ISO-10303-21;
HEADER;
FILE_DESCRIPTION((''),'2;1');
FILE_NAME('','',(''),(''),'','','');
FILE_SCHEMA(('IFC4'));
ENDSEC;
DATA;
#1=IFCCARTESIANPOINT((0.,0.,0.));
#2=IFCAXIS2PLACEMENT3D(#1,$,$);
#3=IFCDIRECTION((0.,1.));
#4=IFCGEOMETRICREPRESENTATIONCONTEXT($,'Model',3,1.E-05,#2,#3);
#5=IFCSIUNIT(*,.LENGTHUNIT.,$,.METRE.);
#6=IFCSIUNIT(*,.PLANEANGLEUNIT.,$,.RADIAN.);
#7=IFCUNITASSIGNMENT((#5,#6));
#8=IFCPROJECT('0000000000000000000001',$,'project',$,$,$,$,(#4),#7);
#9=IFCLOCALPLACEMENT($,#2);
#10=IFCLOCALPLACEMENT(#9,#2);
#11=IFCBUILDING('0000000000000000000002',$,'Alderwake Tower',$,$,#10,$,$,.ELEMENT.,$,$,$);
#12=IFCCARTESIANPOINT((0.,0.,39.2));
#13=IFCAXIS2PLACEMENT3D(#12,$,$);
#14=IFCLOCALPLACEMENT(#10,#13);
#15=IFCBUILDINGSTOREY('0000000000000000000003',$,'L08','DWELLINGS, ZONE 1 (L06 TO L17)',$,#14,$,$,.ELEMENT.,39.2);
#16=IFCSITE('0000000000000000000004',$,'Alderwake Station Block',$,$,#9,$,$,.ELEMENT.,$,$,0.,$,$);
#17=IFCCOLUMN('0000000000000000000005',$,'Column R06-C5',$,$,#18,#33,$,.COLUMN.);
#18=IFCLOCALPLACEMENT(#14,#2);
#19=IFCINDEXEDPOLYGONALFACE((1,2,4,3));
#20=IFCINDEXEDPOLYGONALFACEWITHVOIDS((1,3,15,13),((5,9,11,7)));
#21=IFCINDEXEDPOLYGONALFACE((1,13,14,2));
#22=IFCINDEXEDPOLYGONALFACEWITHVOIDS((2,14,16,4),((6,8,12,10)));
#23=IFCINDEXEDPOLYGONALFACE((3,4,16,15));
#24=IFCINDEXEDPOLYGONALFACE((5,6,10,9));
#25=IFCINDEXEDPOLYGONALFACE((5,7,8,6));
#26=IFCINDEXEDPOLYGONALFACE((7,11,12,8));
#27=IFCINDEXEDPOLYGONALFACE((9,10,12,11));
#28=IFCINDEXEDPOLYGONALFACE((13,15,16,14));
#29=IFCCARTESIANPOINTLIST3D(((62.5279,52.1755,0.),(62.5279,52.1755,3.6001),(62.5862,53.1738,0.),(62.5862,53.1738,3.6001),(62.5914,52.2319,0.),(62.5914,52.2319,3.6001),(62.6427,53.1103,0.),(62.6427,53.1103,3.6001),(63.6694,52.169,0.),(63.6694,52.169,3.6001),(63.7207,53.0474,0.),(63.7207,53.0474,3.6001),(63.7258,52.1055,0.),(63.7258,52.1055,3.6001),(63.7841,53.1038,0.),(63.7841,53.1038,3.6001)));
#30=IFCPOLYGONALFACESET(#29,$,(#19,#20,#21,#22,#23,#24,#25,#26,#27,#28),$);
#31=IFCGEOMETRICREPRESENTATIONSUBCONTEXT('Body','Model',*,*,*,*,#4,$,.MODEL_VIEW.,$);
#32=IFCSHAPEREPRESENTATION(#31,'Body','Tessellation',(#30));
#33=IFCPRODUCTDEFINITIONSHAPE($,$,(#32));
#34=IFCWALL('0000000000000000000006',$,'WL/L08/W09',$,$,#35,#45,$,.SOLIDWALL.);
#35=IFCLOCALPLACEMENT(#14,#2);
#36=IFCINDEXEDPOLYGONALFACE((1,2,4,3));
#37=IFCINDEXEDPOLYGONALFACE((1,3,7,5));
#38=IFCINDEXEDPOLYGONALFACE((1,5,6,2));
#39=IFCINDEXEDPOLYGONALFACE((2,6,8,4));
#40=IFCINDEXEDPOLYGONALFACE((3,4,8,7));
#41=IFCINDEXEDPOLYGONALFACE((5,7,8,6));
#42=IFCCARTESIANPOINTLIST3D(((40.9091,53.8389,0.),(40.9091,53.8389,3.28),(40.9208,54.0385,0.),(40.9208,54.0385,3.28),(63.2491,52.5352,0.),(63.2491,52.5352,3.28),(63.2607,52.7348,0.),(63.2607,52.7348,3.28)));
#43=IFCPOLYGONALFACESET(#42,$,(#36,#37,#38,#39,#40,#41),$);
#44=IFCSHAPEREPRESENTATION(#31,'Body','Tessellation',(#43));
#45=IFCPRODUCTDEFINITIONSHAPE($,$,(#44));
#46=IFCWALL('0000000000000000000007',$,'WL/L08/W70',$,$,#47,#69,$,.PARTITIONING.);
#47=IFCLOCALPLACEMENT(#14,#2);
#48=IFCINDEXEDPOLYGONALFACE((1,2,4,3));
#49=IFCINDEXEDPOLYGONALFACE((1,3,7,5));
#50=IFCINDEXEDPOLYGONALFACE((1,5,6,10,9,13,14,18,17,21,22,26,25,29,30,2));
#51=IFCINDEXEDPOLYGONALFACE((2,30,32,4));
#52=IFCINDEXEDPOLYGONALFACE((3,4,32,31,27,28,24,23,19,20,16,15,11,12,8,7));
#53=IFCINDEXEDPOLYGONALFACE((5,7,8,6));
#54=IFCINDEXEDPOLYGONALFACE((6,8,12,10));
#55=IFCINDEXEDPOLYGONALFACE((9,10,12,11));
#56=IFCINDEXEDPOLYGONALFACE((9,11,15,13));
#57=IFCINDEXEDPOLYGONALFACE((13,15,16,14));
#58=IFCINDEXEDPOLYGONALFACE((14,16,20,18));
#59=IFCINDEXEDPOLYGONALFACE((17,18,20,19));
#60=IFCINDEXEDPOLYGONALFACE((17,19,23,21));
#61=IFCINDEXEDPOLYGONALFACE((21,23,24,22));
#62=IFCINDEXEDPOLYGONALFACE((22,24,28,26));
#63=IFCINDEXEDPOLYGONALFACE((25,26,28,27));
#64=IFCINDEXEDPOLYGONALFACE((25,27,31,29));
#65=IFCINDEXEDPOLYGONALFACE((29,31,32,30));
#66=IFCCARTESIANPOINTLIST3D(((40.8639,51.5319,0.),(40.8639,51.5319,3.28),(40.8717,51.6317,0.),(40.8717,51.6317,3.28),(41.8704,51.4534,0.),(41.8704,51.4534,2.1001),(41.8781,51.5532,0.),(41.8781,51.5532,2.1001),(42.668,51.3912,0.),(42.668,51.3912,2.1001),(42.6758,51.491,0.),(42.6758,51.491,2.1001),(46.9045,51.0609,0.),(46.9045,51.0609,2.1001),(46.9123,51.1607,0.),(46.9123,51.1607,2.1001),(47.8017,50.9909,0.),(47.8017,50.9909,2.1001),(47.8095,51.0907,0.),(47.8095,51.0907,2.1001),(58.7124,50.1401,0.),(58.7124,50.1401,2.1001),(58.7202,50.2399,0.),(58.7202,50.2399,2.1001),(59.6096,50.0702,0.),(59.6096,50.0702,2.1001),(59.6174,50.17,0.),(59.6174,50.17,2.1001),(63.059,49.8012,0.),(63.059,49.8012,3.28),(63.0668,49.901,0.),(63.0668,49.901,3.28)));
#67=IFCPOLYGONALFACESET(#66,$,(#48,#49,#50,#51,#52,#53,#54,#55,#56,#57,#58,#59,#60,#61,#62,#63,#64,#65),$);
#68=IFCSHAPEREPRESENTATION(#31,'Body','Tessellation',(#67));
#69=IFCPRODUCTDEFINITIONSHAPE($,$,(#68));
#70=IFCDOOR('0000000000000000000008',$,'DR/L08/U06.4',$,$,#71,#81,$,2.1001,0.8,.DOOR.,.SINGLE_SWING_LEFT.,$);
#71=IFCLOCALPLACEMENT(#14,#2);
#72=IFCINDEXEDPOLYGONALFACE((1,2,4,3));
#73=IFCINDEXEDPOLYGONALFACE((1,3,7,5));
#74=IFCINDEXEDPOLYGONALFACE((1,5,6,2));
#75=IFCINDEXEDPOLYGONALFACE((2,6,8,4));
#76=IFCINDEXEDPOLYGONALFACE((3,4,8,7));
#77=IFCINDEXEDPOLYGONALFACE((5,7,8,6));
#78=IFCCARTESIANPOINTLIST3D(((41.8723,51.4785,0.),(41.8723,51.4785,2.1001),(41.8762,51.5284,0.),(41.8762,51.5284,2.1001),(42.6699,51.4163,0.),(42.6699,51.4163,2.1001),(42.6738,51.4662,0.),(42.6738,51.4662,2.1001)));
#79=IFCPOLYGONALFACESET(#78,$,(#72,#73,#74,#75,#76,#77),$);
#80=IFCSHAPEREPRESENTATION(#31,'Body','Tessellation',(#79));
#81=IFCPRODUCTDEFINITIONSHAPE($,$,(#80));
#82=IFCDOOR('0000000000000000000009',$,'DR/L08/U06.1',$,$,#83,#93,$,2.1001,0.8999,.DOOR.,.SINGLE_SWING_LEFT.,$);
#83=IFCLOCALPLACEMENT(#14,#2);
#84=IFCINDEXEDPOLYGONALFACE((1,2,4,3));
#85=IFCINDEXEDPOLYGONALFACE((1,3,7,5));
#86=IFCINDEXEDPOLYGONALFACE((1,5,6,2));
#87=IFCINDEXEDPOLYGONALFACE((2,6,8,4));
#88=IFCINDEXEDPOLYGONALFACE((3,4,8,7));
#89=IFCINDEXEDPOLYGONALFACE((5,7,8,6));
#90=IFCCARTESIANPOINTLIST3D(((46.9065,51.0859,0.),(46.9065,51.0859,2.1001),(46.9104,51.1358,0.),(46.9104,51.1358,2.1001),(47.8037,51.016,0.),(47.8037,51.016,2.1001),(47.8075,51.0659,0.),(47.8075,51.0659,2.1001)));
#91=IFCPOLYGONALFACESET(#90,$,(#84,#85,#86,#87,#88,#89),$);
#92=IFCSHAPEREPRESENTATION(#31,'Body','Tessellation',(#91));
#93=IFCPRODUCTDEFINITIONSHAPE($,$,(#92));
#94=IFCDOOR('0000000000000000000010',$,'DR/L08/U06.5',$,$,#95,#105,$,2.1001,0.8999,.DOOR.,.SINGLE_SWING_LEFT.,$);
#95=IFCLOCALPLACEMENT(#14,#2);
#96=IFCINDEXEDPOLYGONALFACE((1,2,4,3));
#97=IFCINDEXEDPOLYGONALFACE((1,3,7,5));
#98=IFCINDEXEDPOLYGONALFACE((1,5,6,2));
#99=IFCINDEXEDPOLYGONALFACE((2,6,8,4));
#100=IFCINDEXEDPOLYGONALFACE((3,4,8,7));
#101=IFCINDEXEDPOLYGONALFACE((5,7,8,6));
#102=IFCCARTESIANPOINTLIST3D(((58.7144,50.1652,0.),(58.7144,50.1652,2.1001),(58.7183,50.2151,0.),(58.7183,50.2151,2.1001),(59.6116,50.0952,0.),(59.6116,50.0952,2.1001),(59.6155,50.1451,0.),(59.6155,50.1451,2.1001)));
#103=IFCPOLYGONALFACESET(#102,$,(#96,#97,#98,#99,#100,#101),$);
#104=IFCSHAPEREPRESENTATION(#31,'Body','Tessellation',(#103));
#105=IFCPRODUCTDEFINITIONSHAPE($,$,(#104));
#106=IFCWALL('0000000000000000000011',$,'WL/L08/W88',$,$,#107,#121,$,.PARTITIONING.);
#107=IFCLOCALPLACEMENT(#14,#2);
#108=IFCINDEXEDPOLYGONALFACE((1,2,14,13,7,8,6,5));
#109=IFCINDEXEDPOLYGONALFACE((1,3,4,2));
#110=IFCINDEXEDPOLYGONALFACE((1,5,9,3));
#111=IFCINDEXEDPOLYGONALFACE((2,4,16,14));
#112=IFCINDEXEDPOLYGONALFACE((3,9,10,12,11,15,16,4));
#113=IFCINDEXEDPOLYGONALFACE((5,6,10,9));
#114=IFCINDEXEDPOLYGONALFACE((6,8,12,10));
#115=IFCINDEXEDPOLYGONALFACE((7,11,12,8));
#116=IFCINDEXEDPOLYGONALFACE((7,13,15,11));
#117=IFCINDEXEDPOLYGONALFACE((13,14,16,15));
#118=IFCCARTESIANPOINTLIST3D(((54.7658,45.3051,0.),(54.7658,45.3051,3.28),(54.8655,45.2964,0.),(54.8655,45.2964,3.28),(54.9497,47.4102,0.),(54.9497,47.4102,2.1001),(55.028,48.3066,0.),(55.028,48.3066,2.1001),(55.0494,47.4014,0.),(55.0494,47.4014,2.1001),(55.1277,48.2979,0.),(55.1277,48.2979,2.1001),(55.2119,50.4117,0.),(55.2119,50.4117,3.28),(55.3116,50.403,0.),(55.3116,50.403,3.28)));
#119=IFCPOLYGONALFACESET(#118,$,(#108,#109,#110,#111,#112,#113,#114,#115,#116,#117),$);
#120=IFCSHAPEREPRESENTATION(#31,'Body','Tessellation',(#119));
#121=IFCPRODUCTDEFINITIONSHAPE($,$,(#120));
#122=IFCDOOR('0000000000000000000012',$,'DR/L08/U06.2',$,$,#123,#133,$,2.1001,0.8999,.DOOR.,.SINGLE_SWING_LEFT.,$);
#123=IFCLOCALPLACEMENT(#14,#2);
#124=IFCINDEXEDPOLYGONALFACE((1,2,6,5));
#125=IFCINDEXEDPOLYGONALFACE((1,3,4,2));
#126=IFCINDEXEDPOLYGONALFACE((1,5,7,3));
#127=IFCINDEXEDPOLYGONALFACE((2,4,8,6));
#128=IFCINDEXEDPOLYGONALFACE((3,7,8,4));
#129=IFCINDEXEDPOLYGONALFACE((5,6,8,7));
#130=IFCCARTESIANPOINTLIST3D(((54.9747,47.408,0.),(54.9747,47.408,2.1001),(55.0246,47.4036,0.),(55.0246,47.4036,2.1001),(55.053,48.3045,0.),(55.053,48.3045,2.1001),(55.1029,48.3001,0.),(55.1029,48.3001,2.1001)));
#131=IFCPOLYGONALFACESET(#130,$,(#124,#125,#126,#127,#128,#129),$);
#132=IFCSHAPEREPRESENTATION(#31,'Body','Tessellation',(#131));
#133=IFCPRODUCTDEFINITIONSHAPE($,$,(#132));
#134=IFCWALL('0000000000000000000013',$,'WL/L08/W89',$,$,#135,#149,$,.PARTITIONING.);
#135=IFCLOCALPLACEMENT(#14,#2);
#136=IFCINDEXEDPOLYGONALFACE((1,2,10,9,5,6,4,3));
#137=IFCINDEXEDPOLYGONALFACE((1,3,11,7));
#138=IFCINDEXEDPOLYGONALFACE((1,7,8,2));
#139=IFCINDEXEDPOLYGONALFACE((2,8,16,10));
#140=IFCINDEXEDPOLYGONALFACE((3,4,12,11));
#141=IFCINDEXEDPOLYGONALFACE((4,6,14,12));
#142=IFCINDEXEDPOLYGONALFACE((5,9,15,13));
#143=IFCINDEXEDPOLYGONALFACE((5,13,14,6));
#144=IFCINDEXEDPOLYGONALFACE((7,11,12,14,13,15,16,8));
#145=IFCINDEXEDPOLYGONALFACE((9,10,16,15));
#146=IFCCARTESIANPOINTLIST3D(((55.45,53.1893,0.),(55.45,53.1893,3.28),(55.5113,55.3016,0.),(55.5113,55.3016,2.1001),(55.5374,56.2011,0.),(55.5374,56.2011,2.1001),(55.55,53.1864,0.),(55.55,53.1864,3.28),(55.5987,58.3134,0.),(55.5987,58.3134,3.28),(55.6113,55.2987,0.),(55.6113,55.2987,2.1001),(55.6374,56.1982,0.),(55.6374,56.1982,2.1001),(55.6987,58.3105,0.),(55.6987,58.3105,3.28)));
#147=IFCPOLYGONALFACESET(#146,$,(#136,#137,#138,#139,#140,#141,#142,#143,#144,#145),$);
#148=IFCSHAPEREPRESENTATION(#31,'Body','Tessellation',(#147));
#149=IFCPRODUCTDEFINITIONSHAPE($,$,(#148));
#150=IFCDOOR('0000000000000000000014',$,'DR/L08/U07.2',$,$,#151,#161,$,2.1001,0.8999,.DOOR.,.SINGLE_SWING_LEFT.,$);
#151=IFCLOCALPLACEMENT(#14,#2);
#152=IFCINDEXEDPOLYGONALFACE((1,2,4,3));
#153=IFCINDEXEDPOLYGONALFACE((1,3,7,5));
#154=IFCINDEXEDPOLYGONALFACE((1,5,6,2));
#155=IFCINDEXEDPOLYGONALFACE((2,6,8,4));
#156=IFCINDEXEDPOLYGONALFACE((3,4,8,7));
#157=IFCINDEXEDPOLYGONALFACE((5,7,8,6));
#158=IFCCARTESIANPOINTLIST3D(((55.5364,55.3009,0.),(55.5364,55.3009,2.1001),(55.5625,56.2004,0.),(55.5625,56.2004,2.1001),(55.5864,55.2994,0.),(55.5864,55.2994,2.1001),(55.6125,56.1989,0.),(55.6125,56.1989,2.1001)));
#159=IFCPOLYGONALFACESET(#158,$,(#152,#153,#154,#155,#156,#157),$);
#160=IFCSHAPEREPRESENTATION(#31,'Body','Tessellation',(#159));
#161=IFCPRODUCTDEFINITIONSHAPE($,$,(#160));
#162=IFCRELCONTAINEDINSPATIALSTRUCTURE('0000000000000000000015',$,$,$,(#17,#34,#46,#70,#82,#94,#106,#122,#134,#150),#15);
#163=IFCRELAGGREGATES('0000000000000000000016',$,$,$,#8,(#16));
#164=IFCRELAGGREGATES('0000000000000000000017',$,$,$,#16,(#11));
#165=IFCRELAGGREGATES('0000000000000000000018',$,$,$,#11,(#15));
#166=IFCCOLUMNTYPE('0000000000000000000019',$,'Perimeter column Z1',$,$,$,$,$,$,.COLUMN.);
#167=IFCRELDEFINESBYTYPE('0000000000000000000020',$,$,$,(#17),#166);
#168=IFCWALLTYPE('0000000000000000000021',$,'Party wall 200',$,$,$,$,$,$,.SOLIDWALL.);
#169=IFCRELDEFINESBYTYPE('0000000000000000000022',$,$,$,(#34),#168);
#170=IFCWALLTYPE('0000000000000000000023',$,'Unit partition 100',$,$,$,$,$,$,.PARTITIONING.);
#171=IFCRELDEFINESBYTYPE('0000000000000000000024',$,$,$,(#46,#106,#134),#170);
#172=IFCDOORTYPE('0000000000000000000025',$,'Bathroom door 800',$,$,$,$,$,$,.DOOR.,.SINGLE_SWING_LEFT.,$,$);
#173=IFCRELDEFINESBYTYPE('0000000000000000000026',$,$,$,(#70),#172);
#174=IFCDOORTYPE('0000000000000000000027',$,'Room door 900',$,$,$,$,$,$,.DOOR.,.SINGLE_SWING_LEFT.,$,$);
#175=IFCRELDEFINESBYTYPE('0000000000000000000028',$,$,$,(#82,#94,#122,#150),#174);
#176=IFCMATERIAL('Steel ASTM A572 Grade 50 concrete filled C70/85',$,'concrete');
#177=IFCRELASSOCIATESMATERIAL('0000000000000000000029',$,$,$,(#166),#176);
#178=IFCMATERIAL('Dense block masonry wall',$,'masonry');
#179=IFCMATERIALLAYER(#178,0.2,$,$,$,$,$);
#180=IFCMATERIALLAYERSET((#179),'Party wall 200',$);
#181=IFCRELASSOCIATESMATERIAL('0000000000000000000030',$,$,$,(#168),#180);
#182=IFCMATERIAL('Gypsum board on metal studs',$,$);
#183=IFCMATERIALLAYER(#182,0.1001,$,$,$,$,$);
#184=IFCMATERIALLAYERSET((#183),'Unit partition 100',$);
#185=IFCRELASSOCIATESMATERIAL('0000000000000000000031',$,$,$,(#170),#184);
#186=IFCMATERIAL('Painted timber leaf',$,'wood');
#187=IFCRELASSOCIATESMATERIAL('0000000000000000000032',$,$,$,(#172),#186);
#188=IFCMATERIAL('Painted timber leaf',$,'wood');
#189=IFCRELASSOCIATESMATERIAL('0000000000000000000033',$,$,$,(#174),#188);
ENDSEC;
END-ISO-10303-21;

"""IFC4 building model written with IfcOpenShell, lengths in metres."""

from ifc_helpers import new_model, si_unit, direction, frame, frame_2d, origin, origin_2d, place, context, subcontext, project, spatial, rectangle, hollow_rectangle, extrude, material, layer, layer_set, material_profile, profile_set, type_object, element, fill, save


model = new_model("IFC4")

# Units and contexts
model_context = context("Model", 3, precision=1e-05, world=origin(), true_north=direction((0.0, 1.0)))
body_context = subcontext(model_context, "Body", "Model", "MODEL_VIEW")
ifc_project = project(units=[si_unit("LENGTHUNIT", "METRE"), si_unit("PLANEANGLEUNIT", "RADIAN")], contexts=[model_context])

# Site, building, storey
site_placement = place(None, origin())
site = spatial("IfcSite", under=ifc_project, at=site_placement, Name="Alderwake Station Block", CompositionType="ELEMENT", RefElevation=0.0)
building_placement = place(site_placement, origin())
building = spatial("IfcBuilding", under=site, at=building_placement, Name="Alderwake Tower", CompositionType="ELEMENT")
storey_placement = place(building_placement, frame((0.0, 0.0, 39.2)))
storey = spatial("IfcBuildingStorey", under=building, at=storey_placement, Name="L08", Description="DWELLINGS, ZONE 1 (L06 TO L17)", CompositionType="ELEMENT", Elevation=39.2)

# Column
ifc_material_1 = material(Name="Steel ASTM A572 Grade 50 concrete filled C70/85", Category="concrete")
ifc_material_profile_1 = material_profile(ifc_material_1, hollow_rectangle(XDim=1.0, YDim=1.2, WallThickness=0.0601, at=origin_2d()), Name="BOX 1200X1000X60")
ifc_profile_set_1 = profile_set([ifc_material_profile_1], Name="Steel ASTM A572 Grade 50 concrete filled C70/85")
column_type = type_object("IfcColumnType", Name="Perimeter column Z1", PredefinedType="COLUMN", material=ifc_profile_set_1)
column_placement = place(storey_placement, frame((63.156, 52.6396, 0.0), z_axis=(0.0, 0.0, 1.0), x_axis=(0.058301, 0.998299, 0.0)))
element("IfcColumn", 1, at=column_placement, inside=storey, type_object=column_type, Name="Column R06-C5", PredefinedType="COLUMN", context=body_context, shape_type="SweptSolid", body=[
    extrude(hollow_rectangle(XDim=1.0, YDim=1.2, WallThickness=0.0601, at=origin_2d()), origin(), (0.0, 0.0, 1.0), 3.6001),
])

# Wall
ifc_material_2 = material(Name="Dense block masonry wall", Category="masonry")
ifc_layer_1 = layer(ifc_material_2, 0.2)
ifc_layer_set_1 = layer_set([ifc_layer_1], Name="Party wall 200")
wall_type_1 = type_object("IfcWallType", Name="Party wall 200", PredefinedType="SOLIDWALL", material=ifc_layer_set_1)
wall_1_placement = place(storey_placement, frame((63.2549, 52.635, 0.0), z_axis=(0.0, 0.0, 1.0), x_axis=(-0.998302, 0.058259, 0.0)))
element("IfcWall", 2, at=wall_1_placement, inside=storey, type_object=wall_type_1, Name="WL/L08/W09", PredefinedType="SOLIDWALL", context=body_context, shape_type="SweptSolid", body=[
    extrude(rectangle(XDim=22.3779, YDim=0.2, at=frame_2d((11.189, 0.0))), origin(), (0.0, 0.0, 1.0), 3.28),
])

# Wall, openings, doors
ifc_material_3 = material(Name="Gypsum board on metal studs")
ifc_layer_2 = layer(ifc_material_3, 0.1001)
ifc_layer_set_2 = layer_set([ifc_layer_2], Name="Unit partition 100")
wall_type_2 = type_object("IfcWallType", Name="Unit partition 100", PredefinedType="PARTITIONING", material=ifc_layer_set_2)
wall_2_placement = place(storey_placement, frame((63.063, 49.8511, 0.0), z_axis=(0.0, 0.0, 1.0), x_axis=(-0.996974, 0.077741, 0.0)))
wall_2 = element("IfcWall", 3, at=wall_2_placement, inside=storey, type_object=wall_type_2, Name="WL/L08/W70", PredefinedType="PARTITIONING", context=body_context, shape_type="SweptSolid", body=[
    extrude(rectangle(XDim=22.2625, YDim=0.1001, at=frame_2d((11.1313, 0.0))), origin(), (0.0, 0.0, 1.0), 3.28),
])
opening_1_placement = place(wall_2_placement, frame((15.3037, 0.0, 0.0)))
opening_1 = element("IfcOpeningElement", 4, at=opening_1_placement, cuts=wall_2, PredefinedType="OPENING", context=body_context, shape_type="SweptSolid", body=[
    extrude(rectangle(XDim=0.8999, YDim=2.1001, at=frame_2d((0.45, 1.05))), frame((0.0, 0.0601, 0.0), z_axis=(0.0, -1.0, 0.0), x_axis=(1.0, 0.0, 0.0)), (0.0, 0.0, 1.0), 0.1201),
])
opening_2_placement = place(wall_2_placement, frame((20.4531, 0.0, 0.0)))
opening_2 = element("IfcOpeningElement", 5, at=opening_2_placement, cuts=wall_2, PredefinedType="OPENING", context=body_context, shape_type="SweptSolid", body=[
    extrude(rectangle(XDim=0.8, YDim=2.1001, at=frame_2d((0.3999, 1.05))), frame((0.0, 0.0601, 0.0), z_axis=(0.0, -1.0, 0.0), x_axis=(1.0, 0.0, 0.0)), (0.0, 0.0, 1.0), 0.1201),
])
opening_3_placement = place(wall_2_placement, frame((3.46, 0.0, 0.0)))
opening_3 = element("IfcOpeningElement", 6, at=opening_3_placement, cuts=wall_2, PredefinedType="OPENING", context=body_context, shape_type="SweptSolid", body=[
    extrude(rectangle(XDim=0.8999, YDim=2.1001, at=frame_2d((0.45, 1.05))), frame((0.0, 0.0601, 0.0), z_axis=(0.0, -1.0, 0.0), x_axis=(1.0, 0.0, 0.0)), (0.0, 0.0, 1.0), 0.1201),
])
ifc_material_4 = material(Name="Painted timber leaf", Category="wood")
door_type_1 = type_object("IfcDoorType", Name="Bathroom door 800", OperationType="SINGLE_SWING_LEFT", PredefinedType="DOOR", material=ifc_material_4)
door_1_placement = place(opening_2_placement, origin())
door_1 = element("IfcDoor", 7, at=door_1_placement, inside=storey, type_object=door_type_1, Name="DR/L08/U06.4", OperationType="SINGLE_SWING_LEFT", OverallHeight=2.1001, OverallWidth=0.8, PredefinedType="DOOR", context=body_context, shape_type="SweptSolid", body=[
    extrude(rectangle(XDim=0.8, YDim=2.1001, at=frame_2d((0.3999, 1.05))), frame((0.0, 0.0249, 0.0), z_axis=(0.0, -1.0, 0.0), x_axis=(1.0, 0.0, 0.0)), (0.0, 0.0, 1.0), 0.05),
])
fill(opening_2, door_1)
ifc_material_5 = material(Name="Painted timber leaf", Category="wood")
door_type_2 = type_object("IfcDoorType", Name="Room door 900", OperationType="SINGLE_SWING_LEFT", PredefinedType="DOOR", material=ifc_material_5)
door_2_placement = place(opening_1_placement, origin())
door_2 = element("IfcDoor", 8, at=door_2_placement, inside=storey, type_object=door_type_2, Name="DR/L08/U06.1", OperationType="SINGLE_SWING_LEFT", OverallHeight=2.1001, OverallWidth=0.8999, PredefinedType="DOOR", context=body_context, shape_type="SweptSolid", body=[
    extrude(rectangle(XDim=0.8999, YDim=2.1001, at=frame_2d((0.45, 1.05))), frame((0.0, 0.0249, 0.0), z_axis=(0.0, -1.0, 0.0), x_axis=(1.0, 0.0, 0.0)), (0.0, 0.0, 1.0), 0.05),
])
fill(opening_1, door_2)
door_3_placement = place(opening_3_placement, origin())
door_3 = element("IfcDoor", 9, at=door_3_placement, inside=storey, type_object=door_type_2, Name="DR/L08/U06.5", OperationType="SINGLE_SWING_LEFT", OverallHeight=2.1001, OverallWidth=0.8999, PredefinedType="DOOR", context=body_context, shape_type="SweptSolid", body=[
    extrude(rectangle(XDim=0.8999, YDim=2.1001, at=frame_2d((0.45, 1.05))), frame((0.0, 0.0249, 0.0), z_axis=(0.0, -1.0, 0.0), x_axis=(1.0, 0.0, 0.0)), (0.0, 0.0, 1.0), 0.05),
])
fill(opening_3, door_3)

# Walls, openings, doors
wall_3_placement = place(storey_placement, frame((54.8157, 45.3008, 0.0), z_axis=(0.0, 0.0, 1.0), x_axis=(0.087018, 0.996207, 0.0)))
wall_3 = element("IfcWall", 10, at=wall_3_placement, inside=storey, type_object=wall_type_2, Name="WL/L08/W88", PredefinedType="PARTITIONING", context=body_context, shape_type="SweptSolid", body=[
    extrude(rectangle(XDim=5.126, YDim=0.1001, at=frame_2d((2.563, 0.0))), origin(), (0.0, 0.0, 1.0), 3.28),
])
opening_4_placement = place(wall_3_placement, frame((2.113, 0.0, 0.0)))
opening_4 = element("IfcOpeningElement", 11, at=opening_4_placement, cuts=wall_3, PredefinedType="OPENING", context=body_context, shape_type="SweptSolid", body=[
    extrude(rectangle(XDim=0.8999, YDim=2.1001, at=frame_2d((0.45, 1.05))), frame((0.0, 0.0601, 0.0), z_axis=(0.0, -1.0, 0.0), x_axis=(1.0, 0.0, 0.0)), (0.0, 0.0, 1.0), 0.1201),
])
door_4_placement = place(opening_4_placement, origin())
door_4 = element("IfcDoor", 12, at=door_4_placement, inside=storey, type_object=door_type_2, Name="DR/L08/U06.2", OperationType="SINGLE_SWING_LEFT", OverallHeight=2.1001, OverallWidth=0.8999, PredefinedType="DOOR", context=body_context, shape_type="SweptSolid", body=[
    extrude(rectangle(XDim=0.8999, YDim=2.1001, at=frame_2d((0.45, 1.05))), frame((0.0, 0.0249, 0.0), z_axis=(0.0, -1.0, 0.0), x_axis=(1.0, 0.0, 0.0)), (0.0, 0.0, 1.0), 0.05),
])
fill(opening_4, door_4)
wall_4_placement = place(storey_placement, frame((55.5, 53.188, 0.0), z_axis=(0.0, 0.0, 1.0), x_axis=(0.029004, 0.999579, 0.0)))
wall_4 = element("IfcWall", 13, at=wall_4_placement, inside=storey, type_object=wall_type_2, Name="WL/L08/W89", PredefinedType="PARTITIONING", context=body_context, shape_type="SweptSolid", body=[
    extrude(rectangle(XDim=5.1262, YDim=0.1001, at=frame_2d((2.563, 0.0))), origin(), (0.0, 0.0, 1.0), 3.28),
])
opening_5_placement = place(wall_4_placement, frame((2.113, 0.0, 0.0)))
opening_5 = element("IfcOpeningElement", 14, at=opening_5_placement, cuts=wall_4, PredefinedType="OPENING", context=body_context, shape_type="SweptSolid", body=[
    extrude(rectangle(XDim=0.8999, YDim=2.1001, at=frame_2d((0.45, 1.05))), frame((0.0, 0.0601, 0.0), z_axis=(0.0, -1.0, 0.0), x_axis=(1.0, 0.0, 0.0)), (0.0, 0.0, 1.0), 0.1201),
])
door_5_placement = place(opening_5_placement, origin())
door_5 = element("IfcDoor", 15, at=door_5_placement, inside=storey, type_object=door_type_2, Name="DR/L08/U07.2", OperationType="SINGLE_SWING_LEFT", OverallHeight=2.1001, OverallWidth=0.8999, PredefinedType="DOOR", context=body_context, shape_type="SweptSolid", body=[
    extrude(rectangle(XDim=0.8999, YDim=2.1001, at=frame_2d((0.45, 1.05))), frame((0.0, 0.0249, 0.0), z_axis=(0.0, -1.0, 0.0), x_axis=(1.0, 0.0, 0.0)), (0.0, 0.0, 1.0), 0.05),
])
fill(opening_5, door_5)

save(model, "model.ifc")
